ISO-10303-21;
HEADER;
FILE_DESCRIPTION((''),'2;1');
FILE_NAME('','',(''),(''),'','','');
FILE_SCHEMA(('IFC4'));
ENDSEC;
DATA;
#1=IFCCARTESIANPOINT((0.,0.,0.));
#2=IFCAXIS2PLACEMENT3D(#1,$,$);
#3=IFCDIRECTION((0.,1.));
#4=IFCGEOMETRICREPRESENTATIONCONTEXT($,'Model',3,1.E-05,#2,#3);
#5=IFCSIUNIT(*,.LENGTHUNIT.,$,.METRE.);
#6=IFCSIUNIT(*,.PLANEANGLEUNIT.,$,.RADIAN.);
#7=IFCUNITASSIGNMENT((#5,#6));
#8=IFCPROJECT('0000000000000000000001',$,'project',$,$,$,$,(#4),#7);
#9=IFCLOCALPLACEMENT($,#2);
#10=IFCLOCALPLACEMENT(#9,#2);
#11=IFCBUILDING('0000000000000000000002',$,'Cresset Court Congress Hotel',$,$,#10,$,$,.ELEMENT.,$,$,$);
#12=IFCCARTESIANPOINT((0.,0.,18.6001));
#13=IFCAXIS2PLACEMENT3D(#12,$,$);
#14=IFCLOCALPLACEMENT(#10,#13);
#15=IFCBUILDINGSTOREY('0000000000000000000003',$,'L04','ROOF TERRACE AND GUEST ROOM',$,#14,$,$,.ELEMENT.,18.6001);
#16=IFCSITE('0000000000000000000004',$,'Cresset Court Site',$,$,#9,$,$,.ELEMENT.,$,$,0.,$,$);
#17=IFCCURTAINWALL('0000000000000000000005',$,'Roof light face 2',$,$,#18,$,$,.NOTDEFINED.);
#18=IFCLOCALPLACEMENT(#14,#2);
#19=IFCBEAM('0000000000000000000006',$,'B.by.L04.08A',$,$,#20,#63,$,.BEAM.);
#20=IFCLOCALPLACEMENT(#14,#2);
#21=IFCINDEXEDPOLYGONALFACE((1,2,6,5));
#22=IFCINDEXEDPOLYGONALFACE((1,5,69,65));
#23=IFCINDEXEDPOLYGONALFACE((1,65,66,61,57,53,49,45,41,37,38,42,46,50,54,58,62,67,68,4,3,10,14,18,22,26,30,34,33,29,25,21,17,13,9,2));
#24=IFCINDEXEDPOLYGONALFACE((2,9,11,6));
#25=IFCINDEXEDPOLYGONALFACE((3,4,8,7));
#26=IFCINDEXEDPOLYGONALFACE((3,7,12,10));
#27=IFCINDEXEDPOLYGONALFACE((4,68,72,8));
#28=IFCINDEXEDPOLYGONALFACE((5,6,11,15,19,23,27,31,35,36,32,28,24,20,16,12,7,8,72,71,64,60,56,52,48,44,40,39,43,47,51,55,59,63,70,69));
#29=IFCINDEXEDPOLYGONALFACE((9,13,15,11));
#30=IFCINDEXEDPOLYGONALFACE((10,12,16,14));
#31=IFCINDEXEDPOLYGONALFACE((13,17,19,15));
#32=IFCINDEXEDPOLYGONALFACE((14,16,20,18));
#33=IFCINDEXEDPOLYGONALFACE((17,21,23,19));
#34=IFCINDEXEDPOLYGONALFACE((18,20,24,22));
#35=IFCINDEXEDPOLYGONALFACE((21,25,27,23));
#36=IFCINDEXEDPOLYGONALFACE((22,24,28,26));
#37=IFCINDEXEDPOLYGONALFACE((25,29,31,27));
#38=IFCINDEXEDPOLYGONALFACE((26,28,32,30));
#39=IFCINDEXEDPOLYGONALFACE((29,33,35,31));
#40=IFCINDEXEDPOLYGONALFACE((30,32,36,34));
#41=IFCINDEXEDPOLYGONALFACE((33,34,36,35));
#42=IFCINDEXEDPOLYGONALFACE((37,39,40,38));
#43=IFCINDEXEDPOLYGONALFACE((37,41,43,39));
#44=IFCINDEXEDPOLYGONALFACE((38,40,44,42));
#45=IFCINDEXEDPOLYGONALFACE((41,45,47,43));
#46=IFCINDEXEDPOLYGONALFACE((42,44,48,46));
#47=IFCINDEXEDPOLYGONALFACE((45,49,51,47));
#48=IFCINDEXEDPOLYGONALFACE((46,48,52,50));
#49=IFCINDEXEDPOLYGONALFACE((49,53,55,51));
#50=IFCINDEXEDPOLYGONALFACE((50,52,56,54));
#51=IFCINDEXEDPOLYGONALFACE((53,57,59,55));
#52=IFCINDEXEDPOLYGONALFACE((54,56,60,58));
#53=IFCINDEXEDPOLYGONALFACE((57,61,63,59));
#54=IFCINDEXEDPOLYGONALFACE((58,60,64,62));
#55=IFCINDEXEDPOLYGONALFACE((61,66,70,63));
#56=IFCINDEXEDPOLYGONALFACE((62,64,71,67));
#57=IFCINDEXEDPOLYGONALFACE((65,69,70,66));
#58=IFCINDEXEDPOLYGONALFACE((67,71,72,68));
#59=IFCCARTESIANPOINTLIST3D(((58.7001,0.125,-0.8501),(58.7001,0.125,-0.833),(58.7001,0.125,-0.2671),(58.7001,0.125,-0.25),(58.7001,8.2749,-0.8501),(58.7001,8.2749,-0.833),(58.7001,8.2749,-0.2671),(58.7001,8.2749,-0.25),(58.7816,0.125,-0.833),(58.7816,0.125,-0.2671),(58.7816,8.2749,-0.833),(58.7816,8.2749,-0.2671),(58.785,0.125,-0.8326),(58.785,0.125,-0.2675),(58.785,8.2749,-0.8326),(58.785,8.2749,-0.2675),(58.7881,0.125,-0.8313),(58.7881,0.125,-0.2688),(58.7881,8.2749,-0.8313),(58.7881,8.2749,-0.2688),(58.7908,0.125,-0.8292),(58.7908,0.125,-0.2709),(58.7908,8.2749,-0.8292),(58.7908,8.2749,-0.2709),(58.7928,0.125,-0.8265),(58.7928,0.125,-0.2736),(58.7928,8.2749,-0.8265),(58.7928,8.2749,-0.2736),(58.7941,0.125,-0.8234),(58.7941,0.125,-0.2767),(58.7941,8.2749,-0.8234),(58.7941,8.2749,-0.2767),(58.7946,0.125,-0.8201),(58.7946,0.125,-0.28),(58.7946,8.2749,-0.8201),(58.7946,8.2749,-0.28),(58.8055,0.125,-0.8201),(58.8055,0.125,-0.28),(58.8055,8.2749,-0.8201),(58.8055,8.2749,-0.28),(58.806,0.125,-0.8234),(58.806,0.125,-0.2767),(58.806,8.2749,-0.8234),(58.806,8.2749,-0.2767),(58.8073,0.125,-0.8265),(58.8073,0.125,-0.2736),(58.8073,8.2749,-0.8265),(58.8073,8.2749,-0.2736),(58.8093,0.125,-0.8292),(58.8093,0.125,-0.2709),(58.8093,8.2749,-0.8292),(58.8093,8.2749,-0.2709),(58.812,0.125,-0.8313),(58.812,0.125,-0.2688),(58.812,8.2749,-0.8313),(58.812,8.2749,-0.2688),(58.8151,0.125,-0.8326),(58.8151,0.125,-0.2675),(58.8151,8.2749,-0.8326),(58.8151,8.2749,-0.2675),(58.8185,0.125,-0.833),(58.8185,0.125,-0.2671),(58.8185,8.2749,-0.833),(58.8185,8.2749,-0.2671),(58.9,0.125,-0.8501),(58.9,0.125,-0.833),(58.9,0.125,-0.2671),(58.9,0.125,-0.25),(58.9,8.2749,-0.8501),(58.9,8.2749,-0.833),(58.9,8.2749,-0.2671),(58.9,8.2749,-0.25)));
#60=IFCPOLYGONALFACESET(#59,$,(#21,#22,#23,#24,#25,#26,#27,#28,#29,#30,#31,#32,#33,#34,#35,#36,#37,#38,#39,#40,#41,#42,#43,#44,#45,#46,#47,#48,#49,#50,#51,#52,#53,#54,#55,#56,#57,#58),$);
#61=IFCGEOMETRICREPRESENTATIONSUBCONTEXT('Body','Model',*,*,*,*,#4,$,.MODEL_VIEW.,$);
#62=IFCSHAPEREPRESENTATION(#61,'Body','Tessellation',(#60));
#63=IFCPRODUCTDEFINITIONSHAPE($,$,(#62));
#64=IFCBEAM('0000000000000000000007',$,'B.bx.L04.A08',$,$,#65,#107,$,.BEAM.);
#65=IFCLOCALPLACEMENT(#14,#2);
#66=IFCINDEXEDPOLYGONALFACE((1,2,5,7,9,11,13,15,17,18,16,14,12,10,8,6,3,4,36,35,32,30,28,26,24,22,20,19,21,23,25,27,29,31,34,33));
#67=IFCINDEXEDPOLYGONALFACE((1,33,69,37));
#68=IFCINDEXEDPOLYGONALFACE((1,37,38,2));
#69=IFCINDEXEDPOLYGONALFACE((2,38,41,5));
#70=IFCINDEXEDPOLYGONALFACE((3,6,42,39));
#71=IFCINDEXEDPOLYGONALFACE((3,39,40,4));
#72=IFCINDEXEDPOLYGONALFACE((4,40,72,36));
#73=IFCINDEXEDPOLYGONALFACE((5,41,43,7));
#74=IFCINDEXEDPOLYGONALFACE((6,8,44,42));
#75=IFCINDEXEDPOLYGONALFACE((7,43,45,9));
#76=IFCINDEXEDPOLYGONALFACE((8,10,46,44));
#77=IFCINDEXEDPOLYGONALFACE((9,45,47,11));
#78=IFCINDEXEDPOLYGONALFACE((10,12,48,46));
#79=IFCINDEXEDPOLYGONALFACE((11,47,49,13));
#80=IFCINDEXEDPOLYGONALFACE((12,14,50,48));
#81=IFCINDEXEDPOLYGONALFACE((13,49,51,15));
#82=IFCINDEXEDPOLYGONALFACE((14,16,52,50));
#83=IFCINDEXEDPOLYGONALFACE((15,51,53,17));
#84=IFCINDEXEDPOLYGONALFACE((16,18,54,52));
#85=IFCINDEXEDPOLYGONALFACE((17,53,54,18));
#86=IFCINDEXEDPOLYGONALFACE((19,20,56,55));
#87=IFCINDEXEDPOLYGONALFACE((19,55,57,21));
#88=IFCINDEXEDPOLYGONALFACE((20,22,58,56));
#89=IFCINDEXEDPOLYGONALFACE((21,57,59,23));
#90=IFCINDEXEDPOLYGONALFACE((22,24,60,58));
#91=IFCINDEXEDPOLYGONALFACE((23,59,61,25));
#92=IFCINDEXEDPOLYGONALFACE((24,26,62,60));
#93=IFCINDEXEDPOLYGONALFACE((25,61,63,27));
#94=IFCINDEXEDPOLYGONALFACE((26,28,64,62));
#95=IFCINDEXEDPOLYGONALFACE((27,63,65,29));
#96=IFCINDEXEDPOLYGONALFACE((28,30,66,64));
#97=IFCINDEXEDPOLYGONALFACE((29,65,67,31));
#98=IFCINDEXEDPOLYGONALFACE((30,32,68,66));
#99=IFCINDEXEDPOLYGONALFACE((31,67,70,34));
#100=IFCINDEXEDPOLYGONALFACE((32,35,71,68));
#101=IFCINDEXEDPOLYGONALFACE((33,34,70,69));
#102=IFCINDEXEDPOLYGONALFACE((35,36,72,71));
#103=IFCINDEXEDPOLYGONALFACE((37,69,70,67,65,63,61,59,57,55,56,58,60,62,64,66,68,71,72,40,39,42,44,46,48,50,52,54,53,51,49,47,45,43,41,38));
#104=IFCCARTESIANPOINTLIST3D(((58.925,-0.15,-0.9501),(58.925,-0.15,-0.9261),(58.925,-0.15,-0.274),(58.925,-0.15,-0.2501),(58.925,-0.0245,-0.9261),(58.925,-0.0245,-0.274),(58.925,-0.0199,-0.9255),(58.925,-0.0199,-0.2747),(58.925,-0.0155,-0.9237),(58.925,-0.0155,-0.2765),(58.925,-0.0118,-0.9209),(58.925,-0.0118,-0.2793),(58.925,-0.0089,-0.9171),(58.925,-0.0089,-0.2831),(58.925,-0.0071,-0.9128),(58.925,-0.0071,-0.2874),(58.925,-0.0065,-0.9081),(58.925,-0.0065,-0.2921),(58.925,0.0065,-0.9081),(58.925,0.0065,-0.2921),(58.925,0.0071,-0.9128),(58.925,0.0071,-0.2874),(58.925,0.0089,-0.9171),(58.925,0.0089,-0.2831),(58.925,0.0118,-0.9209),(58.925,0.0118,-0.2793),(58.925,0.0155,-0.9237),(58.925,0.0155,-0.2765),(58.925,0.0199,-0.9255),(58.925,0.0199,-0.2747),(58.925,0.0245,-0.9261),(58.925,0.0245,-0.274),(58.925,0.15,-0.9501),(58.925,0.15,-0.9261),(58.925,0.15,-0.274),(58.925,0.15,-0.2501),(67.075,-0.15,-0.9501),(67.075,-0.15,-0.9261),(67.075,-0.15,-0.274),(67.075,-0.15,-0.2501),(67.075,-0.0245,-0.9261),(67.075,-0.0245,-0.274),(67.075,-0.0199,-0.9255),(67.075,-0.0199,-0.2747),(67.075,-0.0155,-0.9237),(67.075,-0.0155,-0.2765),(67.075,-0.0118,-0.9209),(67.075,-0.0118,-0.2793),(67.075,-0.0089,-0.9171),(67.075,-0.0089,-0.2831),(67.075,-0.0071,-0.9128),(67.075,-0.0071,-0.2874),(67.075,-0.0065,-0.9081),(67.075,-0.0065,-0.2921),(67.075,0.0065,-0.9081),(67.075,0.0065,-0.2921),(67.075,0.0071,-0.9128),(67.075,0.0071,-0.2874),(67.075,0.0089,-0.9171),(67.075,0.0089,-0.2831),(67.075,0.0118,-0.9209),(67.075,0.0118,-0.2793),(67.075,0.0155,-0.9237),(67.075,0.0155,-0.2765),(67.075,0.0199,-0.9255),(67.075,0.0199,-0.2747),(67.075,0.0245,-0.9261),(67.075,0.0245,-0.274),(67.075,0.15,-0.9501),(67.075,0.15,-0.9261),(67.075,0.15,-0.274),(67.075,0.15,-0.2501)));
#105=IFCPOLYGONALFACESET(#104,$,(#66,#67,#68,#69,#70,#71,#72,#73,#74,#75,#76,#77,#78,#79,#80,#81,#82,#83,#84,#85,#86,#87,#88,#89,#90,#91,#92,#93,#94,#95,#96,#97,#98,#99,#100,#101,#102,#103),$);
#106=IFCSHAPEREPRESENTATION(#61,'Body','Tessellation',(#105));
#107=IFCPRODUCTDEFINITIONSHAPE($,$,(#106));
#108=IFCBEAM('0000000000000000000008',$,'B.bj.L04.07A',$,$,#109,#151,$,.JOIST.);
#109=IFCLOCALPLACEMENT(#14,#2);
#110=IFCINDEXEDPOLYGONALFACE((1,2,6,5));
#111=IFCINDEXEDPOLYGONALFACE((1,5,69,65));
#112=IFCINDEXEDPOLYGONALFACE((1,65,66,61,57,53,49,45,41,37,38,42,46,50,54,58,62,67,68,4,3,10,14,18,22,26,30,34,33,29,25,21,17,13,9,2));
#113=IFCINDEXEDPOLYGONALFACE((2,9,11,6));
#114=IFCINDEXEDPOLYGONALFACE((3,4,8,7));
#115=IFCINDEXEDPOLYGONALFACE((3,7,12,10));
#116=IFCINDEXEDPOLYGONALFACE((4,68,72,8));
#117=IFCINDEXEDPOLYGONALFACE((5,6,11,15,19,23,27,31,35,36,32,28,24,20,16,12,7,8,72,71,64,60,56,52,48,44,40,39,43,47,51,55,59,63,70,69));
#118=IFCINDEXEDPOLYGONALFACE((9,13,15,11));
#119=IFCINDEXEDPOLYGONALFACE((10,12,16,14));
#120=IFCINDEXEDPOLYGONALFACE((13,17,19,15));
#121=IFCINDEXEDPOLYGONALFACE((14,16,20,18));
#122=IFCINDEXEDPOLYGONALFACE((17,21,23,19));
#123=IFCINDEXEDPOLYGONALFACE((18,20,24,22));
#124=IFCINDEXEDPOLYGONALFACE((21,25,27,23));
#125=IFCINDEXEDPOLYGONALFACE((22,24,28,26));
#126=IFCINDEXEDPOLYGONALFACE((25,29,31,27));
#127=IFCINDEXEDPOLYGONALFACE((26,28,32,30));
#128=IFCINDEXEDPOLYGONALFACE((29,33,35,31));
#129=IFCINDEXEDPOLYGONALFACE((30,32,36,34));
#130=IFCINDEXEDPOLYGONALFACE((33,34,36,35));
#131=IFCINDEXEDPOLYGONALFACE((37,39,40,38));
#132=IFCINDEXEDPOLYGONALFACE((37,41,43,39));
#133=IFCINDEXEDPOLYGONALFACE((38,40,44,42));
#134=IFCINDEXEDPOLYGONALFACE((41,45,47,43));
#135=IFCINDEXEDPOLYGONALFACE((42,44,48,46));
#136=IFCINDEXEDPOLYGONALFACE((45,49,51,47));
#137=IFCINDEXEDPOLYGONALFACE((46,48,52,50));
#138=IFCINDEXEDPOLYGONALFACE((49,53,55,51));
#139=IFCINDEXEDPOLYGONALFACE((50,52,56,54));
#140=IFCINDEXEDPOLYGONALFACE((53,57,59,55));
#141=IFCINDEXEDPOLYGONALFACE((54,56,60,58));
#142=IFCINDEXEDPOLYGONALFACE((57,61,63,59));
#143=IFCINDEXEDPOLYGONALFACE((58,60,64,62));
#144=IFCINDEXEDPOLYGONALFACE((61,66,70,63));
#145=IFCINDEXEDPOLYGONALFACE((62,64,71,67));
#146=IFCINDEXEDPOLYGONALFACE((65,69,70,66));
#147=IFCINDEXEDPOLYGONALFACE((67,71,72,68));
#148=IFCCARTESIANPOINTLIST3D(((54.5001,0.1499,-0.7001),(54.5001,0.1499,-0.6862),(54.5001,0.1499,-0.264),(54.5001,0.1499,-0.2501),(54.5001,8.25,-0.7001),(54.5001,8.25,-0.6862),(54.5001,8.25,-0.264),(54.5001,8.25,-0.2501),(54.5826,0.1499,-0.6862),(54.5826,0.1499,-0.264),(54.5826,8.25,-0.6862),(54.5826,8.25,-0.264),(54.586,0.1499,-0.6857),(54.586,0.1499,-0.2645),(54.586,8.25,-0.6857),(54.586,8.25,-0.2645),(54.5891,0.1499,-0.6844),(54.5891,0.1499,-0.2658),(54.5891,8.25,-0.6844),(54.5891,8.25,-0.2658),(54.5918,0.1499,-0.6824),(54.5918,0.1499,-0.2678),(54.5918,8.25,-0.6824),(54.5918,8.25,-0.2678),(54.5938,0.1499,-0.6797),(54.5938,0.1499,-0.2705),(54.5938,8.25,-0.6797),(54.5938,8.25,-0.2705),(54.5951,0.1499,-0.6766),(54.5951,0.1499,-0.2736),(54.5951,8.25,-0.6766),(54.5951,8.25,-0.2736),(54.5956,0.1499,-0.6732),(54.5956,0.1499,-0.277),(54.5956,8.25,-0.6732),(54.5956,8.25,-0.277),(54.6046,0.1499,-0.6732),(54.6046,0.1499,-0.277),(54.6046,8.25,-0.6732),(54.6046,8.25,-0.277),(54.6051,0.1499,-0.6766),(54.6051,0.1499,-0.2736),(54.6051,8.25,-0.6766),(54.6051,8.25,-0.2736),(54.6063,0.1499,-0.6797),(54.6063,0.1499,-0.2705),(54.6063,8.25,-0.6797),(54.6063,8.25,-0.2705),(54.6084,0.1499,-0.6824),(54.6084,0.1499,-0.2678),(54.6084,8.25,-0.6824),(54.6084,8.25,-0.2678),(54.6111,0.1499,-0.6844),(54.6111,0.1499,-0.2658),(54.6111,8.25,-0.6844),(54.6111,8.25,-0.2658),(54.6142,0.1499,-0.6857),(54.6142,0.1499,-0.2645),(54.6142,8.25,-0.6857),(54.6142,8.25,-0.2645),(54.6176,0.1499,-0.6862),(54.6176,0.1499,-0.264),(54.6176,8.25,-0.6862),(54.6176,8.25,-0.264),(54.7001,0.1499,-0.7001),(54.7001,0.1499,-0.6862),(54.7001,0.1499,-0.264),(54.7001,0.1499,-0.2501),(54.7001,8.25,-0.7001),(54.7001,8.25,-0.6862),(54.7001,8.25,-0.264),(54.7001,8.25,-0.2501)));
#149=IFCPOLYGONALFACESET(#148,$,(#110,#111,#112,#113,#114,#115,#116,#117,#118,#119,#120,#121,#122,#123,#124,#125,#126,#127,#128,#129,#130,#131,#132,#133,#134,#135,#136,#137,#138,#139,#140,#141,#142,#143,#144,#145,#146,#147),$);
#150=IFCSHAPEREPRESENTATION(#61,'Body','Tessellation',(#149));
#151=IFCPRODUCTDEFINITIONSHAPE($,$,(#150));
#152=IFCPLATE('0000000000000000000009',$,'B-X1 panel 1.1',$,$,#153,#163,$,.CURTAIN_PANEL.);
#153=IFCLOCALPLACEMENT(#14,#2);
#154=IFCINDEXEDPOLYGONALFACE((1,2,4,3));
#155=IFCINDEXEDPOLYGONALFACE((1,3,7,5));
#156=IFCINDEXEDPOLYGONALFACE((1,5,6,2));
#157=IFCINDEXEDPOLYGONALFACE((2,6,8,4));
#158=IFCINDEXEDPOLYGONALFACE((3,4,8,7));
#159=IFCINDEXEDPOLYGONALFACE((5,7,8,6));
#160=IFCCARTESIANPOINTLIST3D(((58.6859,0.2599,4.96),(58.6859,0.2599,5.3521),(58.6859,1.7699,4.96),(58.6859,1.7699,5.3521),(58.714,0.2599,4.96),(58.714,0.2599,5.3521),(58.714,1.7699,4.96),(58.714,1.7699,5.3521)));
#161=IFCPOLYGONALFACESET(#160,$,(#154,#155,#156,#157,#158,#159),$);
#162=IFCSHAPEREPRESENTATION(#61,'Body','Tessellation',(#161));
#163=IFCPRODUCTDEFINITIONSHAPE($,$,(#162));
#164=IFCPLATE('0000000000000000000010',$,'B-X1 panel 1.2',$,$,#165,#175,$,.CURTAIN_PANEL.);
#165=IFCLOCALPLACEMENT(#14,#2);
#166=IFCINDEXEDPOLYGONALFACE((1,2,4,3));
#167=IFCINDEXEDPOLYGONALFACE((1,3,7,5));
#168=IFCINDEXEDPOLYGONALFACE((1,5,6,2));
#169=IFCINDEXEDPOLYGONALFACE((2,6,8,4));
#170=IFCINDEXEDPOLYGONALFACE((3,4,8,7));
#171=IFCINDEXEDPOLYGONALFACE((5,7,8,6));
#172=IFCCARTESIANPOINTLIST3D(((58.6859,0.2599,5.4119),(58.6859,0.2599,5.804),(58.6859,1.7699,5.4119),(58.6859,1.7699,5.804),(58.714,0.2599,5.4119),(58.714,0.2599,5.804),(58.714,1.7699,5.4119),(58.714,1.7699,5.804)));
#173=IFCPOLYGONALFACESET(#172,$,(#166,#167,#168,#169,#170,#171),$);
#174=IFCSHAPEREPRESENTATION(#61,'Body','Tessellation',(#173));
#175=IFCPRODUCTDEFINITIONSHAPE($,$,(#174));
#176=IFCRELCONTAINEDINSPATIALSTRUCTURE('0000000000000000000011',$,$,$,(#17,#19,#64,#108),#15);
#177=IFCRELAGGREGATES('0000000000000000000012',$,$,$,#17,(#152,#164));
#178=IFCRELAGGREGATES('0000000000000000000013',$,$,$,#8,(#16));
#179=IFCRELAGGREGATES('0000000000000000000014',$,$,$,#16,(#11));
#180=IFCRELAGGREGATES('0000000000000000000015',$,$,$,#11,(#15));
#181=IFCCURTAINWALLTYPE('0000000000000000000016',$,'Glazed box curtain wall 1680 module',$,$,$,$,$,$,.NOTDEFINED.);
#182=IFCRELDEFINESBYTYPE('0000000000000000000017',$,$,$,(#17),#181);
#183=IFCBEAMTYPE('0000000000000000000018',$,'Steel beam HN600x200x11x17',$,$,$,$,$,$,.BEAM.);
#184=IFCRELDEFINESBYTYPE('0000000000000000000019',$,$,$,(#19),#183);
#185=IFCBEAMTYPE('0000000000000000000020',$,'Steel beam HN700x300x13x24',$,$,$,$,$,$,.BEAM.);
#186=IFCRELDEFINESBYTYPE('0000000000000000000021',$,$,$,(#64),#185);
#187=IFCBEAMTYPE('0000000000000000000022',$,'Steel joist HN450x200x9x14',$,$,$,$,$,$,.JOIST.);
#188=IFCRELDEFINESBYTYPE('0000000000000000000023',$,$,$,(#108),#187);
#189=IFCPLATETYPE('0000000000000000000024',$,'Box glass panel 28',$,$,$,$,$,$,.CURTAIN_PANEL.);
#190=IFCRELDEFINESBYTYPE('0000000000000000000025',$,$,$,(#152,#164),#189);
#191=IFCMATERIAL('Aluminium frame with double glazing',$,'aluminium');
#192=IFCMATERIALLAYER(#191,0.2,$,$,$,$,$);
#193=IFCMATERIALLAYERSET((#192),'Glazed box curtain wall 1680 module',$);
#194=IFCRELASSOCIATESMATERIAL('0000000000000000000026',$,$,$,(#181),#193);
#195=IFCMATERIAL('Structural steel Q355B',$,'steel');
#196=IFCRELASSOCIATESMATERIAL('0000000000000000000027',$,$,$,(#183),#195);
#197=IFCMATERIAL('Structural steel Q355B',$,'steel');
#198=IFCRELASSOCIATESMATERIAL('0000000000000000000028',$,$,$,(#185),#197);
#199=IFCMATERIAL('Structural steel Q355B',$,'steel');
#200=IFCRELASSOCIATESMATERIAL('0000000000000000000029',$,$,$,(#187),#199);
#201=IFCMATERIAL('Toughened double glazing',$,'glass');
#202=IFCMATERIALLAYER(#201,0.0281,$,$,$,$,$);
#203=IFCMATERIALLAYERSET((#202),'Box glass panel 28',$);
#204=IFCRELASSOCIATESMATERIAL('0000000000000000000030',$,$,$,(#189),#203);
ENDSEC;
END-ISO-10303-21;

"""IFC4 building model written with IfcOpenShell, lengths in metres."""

from ifc_helpers import new_model, si_unit, direction, frame, origin, origin_2d, place, context, subcontext, project, spatial, rectangle, i_section, extrude, material, layer, layer_set, material_profile, profile_set, type_object, element, aggregate, save


model = new_model("IFC4")

# Units and contexts
model_context = context("Model", 3, precision=1e-05, world=origin(), true_north=direction((0.0, 1.0)))
body_context = subcontext(model_context, "Body", "Model", "MODEL_VIEW")
ifc_project = project(units=[si_unit("LENGTHUNIT", "METRE"), si_unit("PLANEANGLEUNIT", "RADIAN")], contexts=[model_context])

# Site, building, storey
site_placement = place(None, origin())
site = spatial("IfcSite", under=ifc_project, at=site_placement, Name="Cresset Court Site", CompositionType="ELEMENT", RefElevation=0.0)
building_placement = place(site_placement, origin())
building = spatial("IfcBuilding", under=site, at=building_placement, Name="Cresset Court Congress Hotel", CompositionType="ELEMENT")
storey_placement = place(building_placement, frame((0.0, 0.0, 18.6001)))
storey = spatial("IfcBuildingStorey", under=building, at=storey_placement, Name="L04", Description="ROOF TERRACE AND GUEST ROOM", CompositionType="ELEMENT", Elevation=18.6001)

# Curtain wall
ifc_material_1 = material(Name="Aluminium frame with double glazing", Category="aluminium")
ifc_layer_1 = layer(ifc_material_1, 0.2)
ifc_layer_set_1 = layer_set([ifc_layer_1], Name="Glazed box curtain wall 1680 module")
curtain_wall_type = type_object("IfcCurtainWallType", Name="Glazed box curtain wall 1680 module", PredefinedType="NOTDEFINED", material=ifc_layer_set_1)
curtain_wall_placement = place(storey_placement, origin())
curtain_wall = element("IfcCurtainWall", 1, at=curtain_wall_placement, inside=storey, type_object=curtain_wall_type, Name="Roof light face 2", PredefinedType="NOTDEFINED")

# Beams
ifc_material_2 = material(Name="Structural steel Q355B", Category="steel")
ifc_material_profile_1 = material_profile(ifc_material_2, i_section(OverallWidth=0.2, OverallDepth=0.6001, WebThickness=0.011, FlangeThickness=0.0171, FilletRadius=0.0129, at=origin_2d()), Name="HN600x200x11x17")
ifc_profile_set_1 = profile_set([ifc_material_profile_1], Name="Structural steel Q355B")
beam_type_1 = type_object("IfcBeamType", Name="Steel beam HN600x200x11x17", PredefinedType="BEAM", material=ifc_profile_set_1)
beam_1_placement = place(storey_placement, frame((58.8, 0.125, -0.55), z_axis=(0.0, 1.0, 0.0), x_axis=(-1.0, 0.0, 0.0)))
element("IfcBeam", 2, at=beam_1_placement, inside=storey, type_object=beam_type_1, Name="B.by.L04.08A", PredefinedType="BEAM", context=body_context, shape_type="SweptSolid", body=[
    extrude(i_section(OverallWidth=0.2, OverallDepth=0.6001, WebThickness=0.011, FlangeThickness=0.0171, FilletRadius=0.0129, at=origin_2d()), origin(), (0.0, 0.0, 1.0), 8.1499),
])
ifc_material_3 = material(Name="Structural steel Q355B", Category="steel")
ifc_material_profile_2 = material_profile(ifc_material_3, i_section(OverallWidth=0.3, OverallDepth=0.7, WebThickness=0.0129, FlangeThickness=0.0239, FilletRadius=0.0181, at=origin_2d()), Name="HN700x300x13x24")
ifc_profile_set_2 = profile_set([ifc_material_profile_2], Name="Structural steel Q355B")
beam_type_2 = type_object("IfcBeamType", Name="Steel beam HN700x300x13x24", PredefinedType="BEAM", material=ifc_profile_set_2)
beam_2_placement = place(storey_placement, frame((58.925, 0.0, -0.6001), z_axis=(1.0, 0.0, 0.0), x_axis=(0.0, 1.0, 0.0)))
element("IfcBeam", 3, at=beam_2_placement, inside=storey, type_object=beam_type_2, Name="B.bx.L04.A08", PredefinedType="BEAM", context=body_context, shape_type="SweptSolid", body=[
    extrude(i_section(OverallWidth=0.3, OverallDepth=0.7, WebThickness=0.0129, FlangeThickness=0.0239, FilletRadius=0.0181, at=origin_2d()), origin(), (0.0, 0.0, 1.0), 8.1499),
])
ifc_material_4 = material(Name="Structural steel Q355B", Category="steel")
ifc_material_profile_3 = material_profile(ifc_material_4, i_section(OverallWidth=0.2, OverallDepth=0.45, WebThickness=0.009, FlangeThickness=0.0139, FilletRadius=0.0129, at=origin_2d()), Name="HN450x200x9x14")
ifc_profile_set_3 = profile_set([ifc_material_profile_3], Name="Structural steel Q355B")
beam_type_3 = type_object("IfcBeamType", Name="Steel joist HN450x200x9x14", PredefinedType="JOIST", material=ifc_profile_set_3)
beam_3_placement = place(storey_placement, frame((54.6001, 0.1499, -0.4751), z_axis=(0.0, 1.0, 0.0), x_axis=(-1.0, 0.0, 0.0)))
element("IfcBeam", 4, at=beam_3_placement, inside=storey, type_object=beam_type_3, Name="B.bj.L04.07A", PredefinedType="JOIST", context=body_context, shape_type="SweptSolid", body=[
    extrude(i_section(OverallWidth=0.2, OverallDepth=0.45, WebThickness=0.009, FlangeThickness=0.0139, FilletRadius=0.0129, at=origin_2d()), origin(), (0.0, 0.0, 1.0), 8.1001),
])

# Plates
ifc_material_5 = material(Name="Toughened double glazing", Category="glass")
ifc_layer_2 = layer(ifc_material_5, 0.0281)
ifc_layer_set_2 = layer_set([ifc_layer_2], Name="Box glass panel 28")
plate_type_1 = type_object("IfcPlateType", Name="Box glass panel 28", PredefinedType="CURTAIN_PANEL", material=ifc_layer_set_2)
plate_1_placement = place(storey_placement, frame((58.7, 1.0149, 4.96), z_axis=(0.0, 0.0, 1.0), x_axis=(0.0, 1.0, 0.0)))
plate_1 = element("IfcPlate", 5, at=plate_1_placement, type_object=plate_type_1, Name="B-X1 panel 1.1", PredefinedType="CURTAIN_PANEL", context=body_context, shape_type="SweptSolid", body=[
    extrude(rectangle(XDim=1.51, YDim=0.0281, at=origin_2d()), origin(), (0.0, 0.0, 1.0), 0.3921),
])
plate_2_placement = place(storey_placement, frame((58.7, 1.0149, 5.4119), z_axis=(0.0, 0.0, 1.0), x_axis=(0.0, 1.0, 0.0)))
plate_2 = element("IfcPlate", 6, at=plate_2_placement, type_object=plate_type_1, Name="B-X1 panel 1.2", PredefinedType="CURTAIN_PANEL", context=body_context, shape_type="SweptSolid", body=[
    extrude(rectangle(XDim=1.51, YDim=0.0281, at=origin_2d()), origin(), (0.0, 0.0, 1.0), 0.3921),
])
aggregate(curtain_wall, [plate_1, plate_2])

save(model, "model.ifc")
